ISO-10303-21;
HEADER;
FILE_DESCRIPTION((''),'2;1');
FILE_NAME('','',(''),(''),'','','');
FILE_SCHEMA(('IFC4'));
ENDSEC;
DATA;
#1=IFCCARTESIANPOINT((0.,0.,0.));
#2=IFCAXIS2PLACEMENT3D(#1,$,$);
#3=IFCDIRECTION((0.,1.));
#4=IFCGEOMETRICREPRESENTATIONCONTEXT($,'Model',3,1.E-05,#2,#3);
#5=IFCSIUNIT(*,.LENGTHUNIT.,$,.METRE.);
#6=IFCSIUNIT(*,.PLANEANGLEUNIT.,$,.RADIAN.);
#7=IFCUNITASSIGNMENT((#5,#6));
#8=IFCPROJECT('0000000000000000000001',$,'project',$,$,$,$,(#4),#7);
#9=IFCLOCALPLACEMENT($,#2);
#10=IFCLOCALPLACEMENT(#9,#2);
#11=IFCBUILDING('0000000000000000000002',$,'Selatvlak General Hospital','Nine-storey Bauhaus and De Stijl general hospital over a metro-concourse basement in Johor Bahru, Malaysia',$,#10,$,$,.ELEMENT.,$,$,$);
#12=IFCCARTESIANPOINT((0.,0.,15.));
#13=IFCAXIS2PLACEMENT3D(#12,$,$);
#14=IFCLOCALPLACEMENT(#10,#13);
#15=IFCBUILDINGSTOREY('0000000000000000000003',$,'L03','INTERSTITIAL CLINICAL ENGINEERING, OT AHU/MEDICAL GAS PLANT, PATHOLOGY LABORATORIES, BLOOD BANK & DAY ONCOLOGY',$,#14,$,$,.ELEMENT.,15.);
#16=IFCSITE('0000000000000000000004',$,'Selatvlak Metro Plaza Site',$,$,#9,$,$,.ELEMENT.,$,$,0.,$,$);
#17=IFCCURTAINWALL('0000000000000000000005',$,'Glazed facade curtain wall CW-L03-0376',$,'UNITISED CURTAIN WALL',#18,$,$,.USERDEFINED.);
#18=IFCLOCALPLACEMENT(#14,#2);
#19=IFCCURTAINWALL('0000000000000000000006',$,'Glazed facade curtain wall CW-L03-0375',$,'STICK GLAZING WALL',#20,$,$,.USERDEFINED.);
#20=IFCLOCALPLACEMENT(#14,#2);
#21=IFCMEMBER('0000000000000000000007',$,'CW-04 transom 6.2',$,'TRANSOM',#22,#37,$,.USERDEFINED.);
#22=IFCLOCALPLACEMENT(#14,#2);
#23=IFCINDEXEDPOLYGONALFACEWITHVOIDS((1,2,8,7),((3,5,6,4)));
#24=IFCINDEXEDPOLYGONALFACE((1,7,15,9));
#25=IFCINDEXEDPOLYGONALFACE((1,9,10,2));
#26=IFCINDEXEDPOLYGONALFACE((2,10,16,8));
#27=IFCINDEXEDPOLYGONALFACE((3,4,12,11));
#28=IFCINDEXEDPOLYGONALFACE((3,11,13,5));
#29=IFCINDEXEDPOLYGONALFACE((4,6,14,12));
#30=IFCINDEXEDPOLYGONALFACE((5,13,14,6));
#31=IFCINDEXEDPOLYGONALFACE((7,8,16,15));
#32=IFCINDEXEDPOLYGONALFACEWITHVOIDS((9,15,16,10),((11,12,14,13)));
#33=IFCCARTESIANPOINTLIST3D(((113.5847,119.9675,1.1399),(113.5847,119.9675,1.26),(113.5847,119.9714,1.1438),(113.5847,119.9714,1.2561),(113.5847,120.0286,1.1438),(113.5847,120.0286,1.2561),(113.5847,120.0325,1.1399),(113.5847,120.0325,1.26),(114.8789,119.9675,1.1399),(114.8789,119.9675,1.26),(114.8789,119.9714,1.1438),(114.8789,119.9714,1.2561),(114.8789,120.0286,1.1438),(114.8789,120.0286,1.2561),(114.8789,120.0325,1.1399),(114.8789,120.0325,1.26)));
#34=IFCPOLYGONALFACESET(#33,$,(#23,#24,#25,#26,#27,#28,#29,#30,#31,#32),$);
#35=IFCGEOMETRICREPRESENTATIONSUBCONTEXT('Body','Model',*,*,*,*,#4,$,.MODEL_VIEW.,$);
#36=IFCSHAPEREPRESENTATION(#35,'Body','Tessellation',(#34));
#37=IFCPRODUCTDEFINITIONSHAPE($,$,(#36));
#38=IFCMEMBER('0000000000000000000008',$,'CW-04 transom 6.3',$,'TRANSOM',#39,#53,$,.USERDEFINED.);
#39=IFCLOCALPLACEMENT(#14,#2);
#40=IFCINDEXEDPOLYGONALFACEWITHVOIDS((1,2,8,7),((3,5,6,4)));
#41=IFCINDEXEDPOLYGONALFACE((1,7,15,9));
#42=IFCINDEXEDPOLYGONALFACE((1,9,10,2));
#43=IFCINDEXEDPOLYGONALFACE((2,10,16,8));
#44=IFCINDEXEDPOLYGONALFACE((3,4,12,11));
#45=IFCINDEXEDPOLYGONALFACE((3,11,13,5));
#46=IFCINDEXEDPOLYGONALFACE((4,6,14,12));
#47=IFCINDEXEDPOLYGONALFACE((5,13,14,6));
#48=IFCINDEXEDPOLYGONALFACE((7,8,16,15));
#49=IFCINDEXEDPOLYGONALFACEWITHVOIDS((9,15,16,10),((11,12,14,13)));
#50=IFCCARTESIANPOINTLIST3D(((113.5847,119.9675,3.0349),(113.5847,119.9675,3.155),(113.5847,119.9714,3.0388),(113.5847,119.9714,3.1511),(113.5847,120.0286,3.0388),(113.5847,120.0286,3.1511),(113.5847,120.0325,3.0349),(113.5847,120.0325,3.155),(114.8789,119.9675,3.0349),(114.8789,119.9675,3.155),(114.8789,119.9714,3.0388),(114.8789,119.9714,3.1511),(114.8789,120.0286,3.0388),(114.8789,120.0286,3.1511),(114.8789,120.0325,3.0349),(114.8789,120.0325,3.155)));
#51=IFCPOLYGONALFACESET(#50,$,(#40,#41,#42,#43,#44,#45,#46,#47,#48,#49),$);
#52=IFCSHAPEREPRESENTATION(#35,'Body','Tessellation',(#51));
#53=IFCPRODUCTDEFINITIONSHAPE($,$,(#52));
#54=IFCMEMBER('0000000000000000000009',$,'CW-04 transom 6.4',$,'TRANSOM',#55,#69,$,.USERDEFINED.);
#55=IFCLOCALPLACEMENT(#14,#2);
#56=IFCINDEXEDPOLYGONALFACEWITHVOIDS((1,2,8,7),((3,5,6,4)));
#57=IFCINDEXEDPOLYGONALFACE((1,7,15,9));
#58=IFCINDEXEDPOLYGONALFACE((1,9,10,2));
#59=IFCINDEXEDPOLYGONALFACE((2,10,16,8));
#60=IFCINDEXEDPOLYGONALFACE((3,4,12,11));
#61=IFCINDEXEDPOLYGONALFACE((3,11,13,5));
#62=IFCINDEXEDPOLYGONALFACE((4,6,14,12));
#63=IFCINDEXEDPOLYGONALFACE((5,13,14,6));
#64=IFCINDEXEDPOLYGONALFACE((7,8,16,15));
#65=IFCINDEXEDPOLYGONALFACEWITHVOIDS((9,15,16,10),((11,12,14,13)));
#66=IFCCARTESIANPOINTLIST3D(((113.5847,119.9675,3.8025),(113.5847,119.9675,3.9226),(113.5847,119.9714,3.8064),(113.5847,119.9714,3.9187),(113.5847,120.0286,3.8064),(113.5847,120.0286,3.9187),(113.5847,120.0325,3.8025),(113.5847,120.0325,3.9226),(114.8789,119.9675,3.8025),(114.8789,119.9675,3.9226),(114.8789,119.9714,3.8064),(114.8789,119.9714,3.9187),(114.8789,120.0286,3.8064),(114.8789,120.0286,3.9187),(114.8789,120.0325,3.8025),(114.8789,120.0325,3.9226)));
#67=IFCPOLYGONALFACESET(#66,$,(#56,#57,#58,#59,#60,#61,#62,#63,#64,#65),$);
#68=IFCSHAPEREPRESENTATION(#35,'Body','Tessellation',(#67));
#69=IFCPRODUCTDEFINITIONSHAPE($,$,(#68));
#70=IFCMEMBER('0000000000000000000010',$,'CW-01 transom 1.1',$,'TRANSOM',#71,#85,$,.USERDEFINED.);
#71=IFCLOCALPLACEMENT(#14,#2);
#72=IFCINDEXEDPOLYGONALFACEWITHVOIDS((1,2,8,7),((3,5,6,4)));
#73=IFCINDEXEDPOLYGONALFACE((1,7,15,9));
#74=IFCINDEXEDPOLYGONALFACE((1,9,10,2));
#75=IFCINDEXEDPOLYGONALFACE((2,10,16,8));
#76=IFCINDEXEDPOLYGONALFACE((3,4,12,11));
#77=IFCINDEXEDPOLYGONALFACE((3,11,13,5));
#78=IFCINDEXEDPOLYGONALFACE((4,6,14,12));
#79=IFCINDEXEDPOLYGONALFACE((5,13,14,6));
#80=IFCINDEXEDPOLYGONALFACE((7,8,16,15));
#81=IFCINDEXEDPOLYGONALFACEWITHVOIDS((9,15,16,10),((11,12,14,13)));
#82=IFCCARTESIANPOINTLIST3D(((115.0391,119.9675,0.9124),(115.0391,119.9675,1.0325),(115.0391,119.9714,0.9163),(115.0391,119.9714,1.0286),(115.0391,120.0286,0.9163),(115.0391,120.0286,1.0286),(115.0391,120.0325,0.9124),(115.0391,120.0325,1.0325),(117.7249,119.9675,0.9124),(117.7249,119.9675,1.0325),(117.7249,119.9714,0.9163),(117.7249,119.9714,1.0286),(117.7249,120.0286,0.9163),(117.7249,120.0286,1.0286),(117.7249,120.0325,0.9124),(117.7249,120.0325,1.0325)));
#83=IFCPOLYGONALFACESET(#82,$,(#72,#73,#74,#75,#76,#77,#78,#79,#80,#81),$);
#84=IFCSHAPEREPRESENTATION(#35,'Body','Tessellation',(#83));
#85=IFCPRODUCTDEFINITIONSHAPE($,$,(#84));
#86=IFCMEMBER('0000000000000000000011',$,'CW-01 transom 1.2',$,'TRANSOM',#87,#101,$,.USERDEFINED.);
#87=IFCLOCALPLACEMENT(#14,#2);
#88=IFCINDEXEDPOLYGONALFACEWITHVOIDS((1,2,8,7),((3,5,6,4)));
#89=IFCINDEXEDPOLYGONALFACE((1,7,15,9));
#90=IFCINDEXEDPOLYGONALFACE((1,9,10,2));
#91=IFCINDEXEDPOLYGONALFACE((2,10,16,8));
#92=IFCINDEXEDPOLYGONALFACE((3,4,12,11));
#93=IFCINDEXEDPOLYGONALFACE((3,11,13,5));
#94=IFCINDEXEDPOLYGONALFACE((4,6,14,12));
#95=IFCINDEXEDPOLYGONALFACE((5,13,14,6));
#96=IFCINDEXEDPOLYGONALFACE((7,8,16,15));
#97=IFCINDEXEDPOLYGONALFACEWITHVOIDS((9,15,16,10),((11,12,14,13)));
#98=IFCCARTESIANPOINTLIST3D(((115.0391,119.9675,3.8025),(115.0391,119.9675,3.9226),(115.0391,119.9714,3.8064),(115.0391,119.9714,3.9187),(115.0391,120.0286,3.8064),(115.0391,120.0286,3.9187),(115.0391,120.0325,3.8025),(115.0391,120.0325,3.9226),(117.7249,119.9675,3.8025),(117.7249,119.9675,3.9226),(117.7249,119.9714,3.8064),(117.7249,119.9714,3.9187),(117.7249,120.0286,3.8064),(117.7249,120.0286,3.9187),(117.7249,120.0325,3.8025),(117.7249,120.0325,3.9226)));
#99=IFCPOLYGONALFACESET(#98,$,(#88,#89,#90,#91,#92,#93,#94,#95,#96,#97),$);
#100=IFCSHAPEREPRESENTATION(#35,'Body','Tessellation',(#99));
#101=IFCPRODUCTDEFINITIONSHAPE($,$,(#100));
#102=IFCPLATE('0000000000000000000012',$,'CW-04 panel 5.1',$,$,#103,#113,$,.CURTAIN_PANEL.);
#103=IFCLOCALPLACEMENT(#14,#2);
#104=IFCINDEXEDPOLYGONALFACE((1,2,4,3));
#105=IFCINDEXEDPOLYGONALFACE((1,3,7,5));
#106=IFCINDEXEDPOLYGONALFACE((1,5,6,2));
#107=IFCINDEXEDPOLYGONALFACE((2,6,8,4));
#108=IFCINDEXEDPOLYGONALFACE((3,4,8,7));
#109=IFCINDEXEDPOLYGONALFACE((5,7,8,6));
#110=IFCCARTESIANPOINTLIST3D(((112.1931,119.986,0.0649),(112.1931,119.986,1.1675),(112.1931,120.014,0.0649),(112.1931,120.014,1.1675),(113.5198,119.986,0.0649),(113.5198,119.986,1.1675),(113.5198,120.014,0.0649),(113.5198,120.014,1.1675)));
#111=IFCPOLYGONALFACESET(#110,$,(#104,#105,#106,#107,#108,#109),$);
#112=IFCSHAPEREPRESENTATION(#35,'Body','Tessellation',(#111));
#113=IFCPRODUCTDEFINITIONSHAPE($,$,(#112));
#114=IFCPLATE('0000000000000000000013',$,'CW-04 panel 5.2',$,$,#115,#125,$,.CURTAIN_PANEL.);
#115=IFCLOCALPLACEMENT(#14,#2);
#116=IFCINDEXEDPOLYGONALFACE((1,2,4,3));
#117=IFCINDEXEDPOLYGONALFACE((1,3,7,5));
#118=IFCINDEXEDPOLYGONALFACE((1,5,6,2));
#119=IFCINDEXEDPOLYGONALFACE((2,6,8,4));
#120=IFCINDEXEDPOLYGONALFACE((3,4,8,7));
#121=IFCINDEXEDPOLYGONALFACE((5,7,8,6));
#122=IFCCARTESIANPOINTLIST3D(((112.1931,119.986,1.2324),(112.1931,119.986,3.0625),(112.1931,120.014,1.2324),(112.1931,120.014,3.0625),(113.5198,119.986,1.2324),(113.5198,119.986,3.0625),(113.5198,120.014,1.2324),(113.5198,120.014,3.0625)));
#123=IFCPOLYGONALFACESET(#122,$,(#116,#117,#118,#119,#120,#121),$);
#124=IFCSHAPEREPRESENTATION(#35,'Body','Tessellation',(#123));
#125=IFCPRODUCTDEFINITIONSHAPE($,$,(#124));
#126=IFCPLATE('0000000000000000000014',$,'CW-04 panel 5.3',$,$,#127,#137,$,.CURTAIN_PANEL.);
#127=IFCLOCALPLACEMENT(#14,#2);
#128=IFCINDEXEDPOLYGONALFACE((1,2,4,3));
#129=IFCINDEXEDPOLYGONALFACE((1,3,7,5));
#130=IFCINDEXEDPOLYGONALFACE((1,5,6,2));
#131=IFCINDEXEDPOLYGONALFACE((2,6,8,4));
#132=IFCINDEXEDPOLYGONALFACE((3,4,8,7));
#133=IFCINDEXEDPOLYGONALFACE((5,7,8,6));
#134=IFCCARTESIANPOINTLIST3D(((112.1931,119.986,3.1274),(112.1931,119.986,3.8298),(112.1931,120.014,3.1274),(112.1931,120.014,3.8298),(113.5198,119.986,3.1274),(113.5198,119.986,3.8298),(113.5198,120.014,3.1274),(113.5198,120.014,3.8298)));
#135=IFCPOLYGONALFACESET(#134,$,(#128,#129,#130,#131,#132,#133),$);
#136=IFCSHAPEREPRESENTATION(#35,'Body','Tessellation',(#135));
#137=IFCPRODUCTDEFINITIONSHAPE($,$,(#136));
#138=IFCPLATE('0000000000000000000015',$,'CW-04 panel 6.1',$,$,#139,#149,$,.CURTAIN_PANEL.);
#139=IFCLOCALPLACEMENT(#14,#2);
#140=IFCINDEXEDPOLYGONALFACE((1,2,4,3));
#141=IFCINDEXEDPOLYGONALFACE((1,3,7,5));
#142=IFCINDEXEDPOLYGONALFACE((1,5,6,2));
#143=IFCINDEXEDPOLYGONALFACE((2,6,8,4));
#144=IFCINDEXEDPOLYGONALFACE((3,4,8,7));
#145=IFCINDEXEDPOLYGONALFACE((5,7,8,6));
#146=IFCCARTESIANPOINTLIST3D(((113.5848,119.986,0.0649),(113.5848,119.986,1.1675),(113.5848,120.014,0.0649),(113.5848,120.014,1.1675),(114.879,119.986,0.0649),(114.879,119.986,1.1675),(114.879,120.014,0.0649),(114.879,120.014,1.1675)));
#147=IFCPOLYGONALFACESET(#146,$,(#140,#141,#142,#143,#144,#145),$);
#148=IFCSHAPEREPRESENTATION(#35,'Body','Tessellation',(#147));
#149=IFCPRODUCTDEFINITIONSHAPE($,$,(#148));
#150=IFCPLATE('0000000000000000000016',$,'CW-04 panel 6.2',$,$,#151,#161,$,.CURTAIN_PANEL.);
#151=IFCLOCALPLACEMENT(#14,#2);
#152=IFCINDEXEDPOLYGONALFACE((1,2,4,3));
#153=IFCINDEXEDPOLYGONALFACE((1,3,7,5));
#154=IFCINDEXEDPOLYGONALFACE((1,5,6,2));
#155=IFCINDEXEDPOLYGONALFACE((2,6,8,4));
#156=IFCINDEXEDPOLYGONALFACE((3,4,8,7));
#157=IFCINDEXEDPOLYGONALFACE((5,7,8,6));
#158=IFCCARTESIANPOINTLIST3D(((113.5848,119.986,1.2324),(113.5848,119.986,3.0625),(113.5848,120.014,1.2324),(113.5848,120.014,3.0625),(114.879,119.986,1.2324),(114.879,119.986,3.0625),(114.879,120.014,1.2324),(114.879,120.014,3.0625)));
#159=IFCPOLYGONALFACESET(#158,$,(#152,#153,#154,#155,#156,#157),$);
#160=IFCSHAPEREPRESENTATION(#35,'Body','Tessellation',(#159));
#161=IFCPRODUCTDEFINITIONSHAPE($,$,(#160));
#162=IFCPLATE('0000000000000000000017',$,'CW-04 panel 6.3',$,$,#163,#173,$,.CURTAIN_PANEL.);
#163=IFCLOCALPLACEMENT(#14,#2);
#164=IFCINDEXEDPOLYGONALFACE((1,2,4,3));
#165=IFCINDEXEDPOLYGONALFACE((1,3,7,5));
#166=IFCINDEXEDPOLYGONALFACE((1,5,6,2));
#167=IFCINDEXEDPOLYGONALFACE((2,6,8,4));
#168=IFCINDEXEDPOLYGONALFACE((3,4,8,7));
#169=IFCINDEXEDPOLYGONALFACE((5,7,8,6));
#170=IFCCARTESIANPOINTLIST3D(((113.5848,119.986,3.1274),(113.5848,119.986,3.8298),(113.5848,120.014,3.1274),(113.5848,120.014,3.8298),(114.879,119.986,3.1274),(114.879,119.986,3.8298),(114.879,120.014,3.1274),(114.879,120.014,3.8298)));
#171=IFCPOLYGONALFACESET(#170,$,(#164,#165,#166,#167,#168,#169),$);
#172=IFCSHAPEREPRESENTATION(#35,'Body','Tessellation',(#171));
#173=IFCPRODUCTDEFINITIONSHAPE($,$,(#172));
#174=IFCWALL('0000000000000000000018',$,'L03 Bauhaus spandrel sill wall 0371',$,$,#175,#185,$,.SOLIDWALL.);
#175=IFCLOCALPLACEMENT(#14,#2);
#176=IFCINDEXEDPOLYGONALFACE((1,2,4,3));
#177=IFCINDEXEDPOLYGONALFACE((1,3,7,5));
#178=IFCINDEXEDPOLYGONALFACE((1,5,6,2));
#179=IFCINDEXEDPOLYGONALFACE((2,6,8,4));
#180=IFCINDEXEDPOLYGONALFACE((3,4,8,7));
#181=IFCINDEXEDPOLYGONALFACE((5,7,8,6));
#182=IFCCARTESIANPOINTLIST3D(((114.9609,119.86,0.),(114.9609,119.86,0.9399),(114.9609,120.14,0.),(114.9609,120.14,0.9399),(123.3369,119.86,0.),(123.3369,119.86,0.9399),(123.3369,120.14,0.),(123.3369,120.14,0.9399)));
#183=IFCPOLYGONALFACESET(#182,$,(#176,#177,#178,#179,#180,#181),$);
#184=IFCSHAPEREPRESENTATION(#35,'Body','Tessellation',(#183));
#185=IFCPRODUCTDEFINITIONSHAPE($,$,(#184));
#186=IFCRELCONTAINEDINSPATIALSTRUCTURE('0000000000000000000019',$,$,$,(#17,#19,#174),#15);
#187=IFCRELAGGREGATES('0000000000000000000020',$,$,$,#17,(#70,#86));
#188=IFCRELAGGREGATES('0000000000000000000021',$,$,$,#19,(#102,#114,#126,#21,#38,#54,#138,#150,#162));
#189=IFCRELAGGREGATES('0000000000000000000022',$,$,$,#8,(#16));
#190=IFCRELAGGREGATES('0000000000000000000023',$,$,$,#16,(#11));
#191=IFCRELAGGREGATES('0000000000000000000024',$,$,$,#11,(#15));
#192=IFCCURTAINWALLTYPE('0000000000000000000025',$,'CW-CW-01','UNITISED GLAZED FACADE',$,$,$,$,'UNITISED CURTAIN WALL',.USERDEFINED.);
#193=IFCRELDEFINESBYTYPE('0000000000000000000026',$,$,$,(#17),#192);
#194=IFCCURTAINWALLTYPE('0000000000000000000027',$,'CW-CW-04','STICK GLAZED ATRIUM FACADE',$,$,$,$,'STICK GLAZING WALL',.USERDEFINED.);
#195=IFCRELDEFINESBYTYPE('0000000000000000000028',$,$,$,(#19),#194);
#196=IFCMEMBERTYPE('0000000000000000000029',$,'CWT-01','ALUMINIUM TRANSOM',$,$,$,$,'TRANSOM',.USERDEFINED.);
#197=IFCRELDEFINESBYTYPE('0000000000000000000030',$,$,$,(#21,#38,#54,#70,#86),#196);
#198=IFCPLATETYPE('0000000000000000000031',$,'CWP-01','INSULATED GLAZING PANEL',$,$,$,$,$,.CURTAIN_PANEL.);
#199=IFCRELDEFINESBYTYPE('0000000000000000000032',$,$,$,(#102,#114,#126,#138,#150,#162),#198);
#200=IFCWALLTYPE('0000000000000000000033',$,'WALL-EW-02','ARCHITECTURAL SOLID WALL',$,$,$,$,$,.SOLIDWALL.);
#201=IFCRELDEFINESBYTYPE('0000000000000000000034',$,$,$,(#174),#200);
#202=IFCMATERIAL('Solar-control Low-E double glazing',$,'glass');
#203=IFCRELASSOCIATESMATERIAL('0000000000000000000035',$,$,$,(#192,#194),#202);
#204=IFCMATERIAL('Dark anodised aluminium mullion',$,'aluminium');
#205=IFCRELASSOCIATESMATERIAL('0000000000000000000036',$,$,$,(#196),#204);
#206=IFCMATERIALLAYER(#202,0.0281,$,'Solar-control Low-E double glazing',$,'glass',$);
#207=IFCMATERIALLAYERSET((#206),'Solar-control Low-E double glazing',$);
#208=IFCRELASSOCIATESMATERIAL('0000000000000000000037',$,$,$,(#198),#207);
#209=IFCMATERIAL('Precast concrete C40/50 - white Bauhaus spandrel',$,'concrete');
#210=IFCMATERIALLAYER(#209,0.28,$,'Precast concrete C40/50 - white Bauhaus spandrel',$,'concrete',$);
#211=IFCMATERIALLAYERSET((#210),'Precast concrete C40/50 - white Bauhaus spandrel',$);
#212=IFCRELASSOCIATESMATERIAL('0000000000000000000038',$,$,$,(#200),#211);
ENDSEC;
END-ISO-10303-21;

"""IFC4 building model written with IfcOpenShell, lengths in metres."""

from ifc_helpers import new_model, si_unit, direction, frame, frame_2d, origin, origin_2d, place, context, subcontext, project, spatial, rectangle, hollow_rectangle, extrude, material, layer, layer_set, material_profile, profile_set, type_object, element, aggregate, save


model = new_model("IFC4")

# Units and contexts
model_context = context("Model", 3, precision=1e-05, world=origin(), true_north=direction((0.0, 1.0)))
body_context = subcontext(model_context, "Body", "Model", "MODEL_VIEW")
ifc_project = project(units=[si_unit("LENGTHUNIT", "METRE"), si_unit("PLANEANGLEUNIT", "RADIAN")], contexts=[model_context])

# Site, building, storey
site_placement = place(None, origin())
site = spatial("IfcSite", under=ifc_project, at=site_placement, Name="Selatvlak Metro Plaza Site", CompositionType="ELEMENT", RefElevation=0.0)
building_placement = place(site_placement, origin())
building = spatial("IfcBuilding", under=site, at=building_placement, Name="Selatvlak General Hospital", Description="Nine-storey Bauhaus and De Stijl general hospital over a metro-concourse basement in Johor Bahru, Malaysia", CompositionType="ELEMENT")
storey_placement = place(building_placement, frame((0.0, 0.0, 15.0)))
storey = spatial("IfcBuildingStorey", under=building, at=storey_placement, Name="L03", Description="INTERSTITIAL CLINICAL ENGINEERING, OT AHU/MEDICAL GAS PLANT, PATHOLOGY LABORATORIES, BLOOD BANK & DAY ONCOLOGY", CompositionType="ELEMENT", Elevation=15.0)

# Curtain wall
ifc_material_1 = material(Name="Solar-control Low-E double glazing", Category="glass")
curtain_wall_type_1 = type_object("IfcCurtainWallType", Name="CW-CW-01", Description="UNITISED GLAZED FACADE", ElementType="UNITISED CURTAIN WALL", PredefinedType="USERDEFINED", material=ifc_material_1)
curtain_wall_1_placement = place(storey_placement, origin())
curtain_wall_1 = element("IfcCurtainWall", 1, at=curtain_wall_1_placement, inside=storey, type_object=curtain_wall_type_1, Name="Glazed facade curtain wall CW-L03-0376", ObjectType="UNITISED CURTAIN WALL", PredefinedType="USERDEFINED")
ifc_material_2 = material(Name="Dark anodised aluminium mullion", Category="aluminium")

# Curtain wall, members
curtain_wall_type_2 = type_object("IfcCurtainWallType", Name="CW-CW-04", Description="STICK GLAZED ATRIUM FACADE", ElementType="STICK GLAZING WALL", PredefinedType="USERDEFINED", material=ifc_material_1)
curtain_wall_2_placement = place(storey_placement, origin())
curtain_wall_2 = element("IfcCurtainWall", 2, at=curtain_wall_2_placement, inside=storey, type_object=curtain_wall_type_2, Name="Glazed facade curtain wall CW-L03-0375", ObjectType="STICK GLAZING WALL", PredefinedType="USERDEFINED")
ifc_material_profile_1 = material_profile(ifc_material_2, hollow_rectangle(XDim=0.0649, YDim=0.1201, WallThickness=0.0039, at=origin_2d()), Name="AL-TRN 65x120x4")
ifc_profile_set_1 = profile_set([ifc_material_profile_1], Name="Dark anodised aluminium mullion")
member_type_1 = type_object("IfcMemberType", Name="CWT-01", Description="ALUMINIUM TRANSOM", ElementType="TRANSOM", PredefinedType="USERDEFINED", material=ifc_profile_set_1)
member_1_placement = place(storey_placement, frame((113.5847, 120.0, 1.2), z_axis=(1.0, 0.0, 0.0), x_axis=(0.0, 1.0, 0.0)))
member_1 = element("IfcMember", 3, at=member_1_placement, type_object=member_type_1, Name="CW-04 transom 6.2", ObjectType="TRANSOM", PredefinedType="USERDEFINED", context=body_context, shape_type="SweptSolid", body=[
    extrude(hollow_rectangle(XDim=0.0649, YDim=0.1201, WallThickness=0.0039, at=origin_2d()), origin(), (0.0, 0.0, 1.0), 1.2942),
])
member_2_placement = place(storey_placement, frame((113.5847, 120.0, 3.095), z_axis=(1.0, 0.0, 0.0), x_axis=(0.0, 1.0, 0.0)))
member_2 = element("IfcMember", 4, at=member_2_placement, type_object=member_type_1, Name="CW-04 transom 6.3", ObjectType="TRANSOM", PredefinedType="USERDEFINED", context=body_context, shape_type="SweptSolid", body=[
    extrude(hollow_rectangle(XDim=0.0649, YDim=0.1201, WallThickness=0.0039, at=origin_2d()), origin(), (0.0, 0.0, 1.0), 1.2942),
])
member_3_placement = place(storey_placement, frame((113.5847, 120.0, 3.8625), z_axis=(1.0, 0.0, 0.0), x_axis=(0.0, 1.0, 0.0)))
member_3 = element("IfcMember", 5, at=member_3_placement, type_object=member_type_1, Name="CW-04 transom 6.4", ObjectType="TRANSOM", PredefinedType="USERDEFINED", context=body_context, shape_type="SweptSolid", body=[
    extrude(hollow_rectangle(XDim=0.0649, YDim=0.1201, WallThickness=0.0039, at=origin_2d()), origin(), (0.0, 0.0, 1.0), 1.2942),
])

# Members
member_4_placement = place(storey_placement, frame((115.0391, 120.0, 0.9724), z_axis=(1.0, 0.0, 0.0), x_axis=(0.0, 1.0, 0.0)))
member_4 = element("IfcMember", 6, at=member_4_placement, type_object=member_type_1, Name="CW-01 transom 1.1", ObjectType="TRANSOM", PredefinedType="USERDEFINED", context=body_context, shape_type="SweptSolid", body=[
    extrude(hollow_rectangle(XDim=0.0649, YDim=0.1201, WallThickness=0.0039, at=origin_2d()), origin(), (0.0, 0.0, 1.0), 2.6858),
])
member_5_placement = place(storey_placement, frame((115.0391, 120.0, 3.8625), z_axis=(1.0, 0.0, 0.0), x_axis=(0.0, 1.0, 0.0)))
member_5 = element("IfcMember", 7, at=member_5_placement, type_object=member_type_1, Name="CW-01 transom 1.2", ObjectType="TRANSOM", PredefinedType="USERDEFINED", context=body_context, shape_type="SweptSolid", body=[
    extrude(hollow_rectangle(XDim=0.0649, YDim=0.1201, WallThickness=0.0039, at=origin_2d()), origin(), (0.0, 0.0, 1.0), 2.6858),
])
aggregate(curtain_wall_1, [member_4, member_5])

# Plates
ifc_layer_1 = layer(ifc_material_1, 0.0281, Name="Solar-control Low-E double glazing", Category="glass")
ifc_layer_set_1 = layer_set([ifc_layer_1], Name="Solar-control Low-E double glazing")
plate_type = type_object("IfcPlateType", Name="CWP-01", Description="INSULATED GLAZING PANEL", PredefinedType="CURTAIN_PANEL", material=ifc_layer_set_1)
plate_1_placement = place(storey_placement, frame((112.8564, 120.0, 0.0649), z_axis=(0.0, 0.0, 1.0), x_axis=(1.0, 0.0, 0.0)))
plate_1 = element("IfcPlate", 8, at=plate_1_placement, type_object=plate_type, Name="CW-04 panel 5.1", PredefinedType="CURTAIN_PANEL", context=body_context, shape_type="SweptSolid", body=[
    extrude(rectangle(XDim=1.3267, YDim=0.0281, at=origin_2d()), origin(), (0.0, 0.0, 1.0), 1.1025),
])
plate_2_placement = place(storey_placement, frame((112.8564, 120.0, 1.2324), z_axis=(0.0, 0.0, 1.0), x_axis=(1.0, 0.0, 0.0)))
plate_2 = element("IfcPlate", 9, at=plate_2_placement, type_object=plate_type, Name="CW-04 panel 5.2", PredefinedType="CURTAIN_PANEL", context=body_context, shape_type="SweptSolid", body=[
    extrude(rectangle(XDim=1.3267, YDim=0.0281, at=origin_2d()), origin(), (0.0, 0.0, 1.0), 1.8301),
])
plate_3_placement = place(storey_placement, frame((112.8564, 120.0, 3.1274), z_axis=(0.0, 0.0, 1.0), x_axis=(1.0, 0.0, 0.0)))
plate_3 = element("IfcPlate", 10, at=plate_3_placement, type_object=plate_type, Name="CW-04 panel 5.3", PredefinedType="CURTAIN_PANEL", context=body_context, shape_type="SweptSolid", body=[
    extrude(rectangle(XDim=1.3267, YDim=0.0281, at=origin_2d()), origin(), (0.0, 0.0, 1.0), 0.7024),
])
plate_4_placement = place(storey_placement, frame((114.2319, 120.0, 0.0649), z_axis=(0.0, 0.0, 1.0), x_axis=(1.0, 0.0, 0.0)))
plate_4 = element("IfcPlate", 11, at=plate_4_placement, type_object=plate_type, Name="CW-04 panel 6.1", PredefinedType="CURTAIN_PANEL", context=body_context, shape_type="SweptSolid", body=[
    extrude(rectangle(XDim=1.2942, YDim=0.0281, at=origin_2d()), origin(), (0.0, 0.0, 1.0), 1.1025),
])
plate_5_placement = place(storey_placement, frame((114.2319, 120.0, 1.2324), z_axis=(0.0, 0.0, 1.0), x_axis=(1.0, 0.0, 0.0)))
plate_5 = element("IfcPlate", 12, at=plate_5_placement, type_object=plate_type, Name="CW-04 panel 6.2", PredefinedType="CURTAIN_PANEL", context=body_context, shape_type="SweptSolid", body=[
    extrude(rectangle(XDim=1.2942, YDim=0.0281, at=origin_2d()), origin(), (0.0, 0.0, 1.0), 1.8301),
])
plate_6_placement = place(storey_placement, frame((114.2319, 120.0, 3.1274), z_axis=(0.0, 0.0, 1.0), x_axis=(1.0, 0.0, 0.0)))
plate_6 = element("IfcPlate", 13, at=plate_6_placement, type_object=plate_type, Name="CW-04 panel 6.3", PredefinedType="CURTAIN_PANEL", context=body_context, shape_type="SweptSolid", body=[
    extrude(rectangle(XDim=1.2942, YDim=0.0281, at=origin_2d()), origin(), (0.0, 0.0, 1.0), 0.7024),
])
aggregate(curtain_wall_2, [plate_1, plate_2, plate_3, member_1, member_2, member_3, plate_4, plate_5, plate_6])

# Wall
ifc_material_3 = material(Name="Precast concrete C40/50 - white Bauhaus spandrel", Category="concrete")
ifc_layer_2 = layer(ifc_material_3, 0.28, Name="Precast concrete C40/50 - white Bauhaus spandrel", Category="concrete")
ifc_layer_set_2 = layer_set([ifc_layer_2], Name="Precast concrete C40/50 - white Bauhaus spandrel")
wall_type_1 = type_object("IfcWallType", Name="WALL-EW-02", Description="ARCHITECTURAL SOLID WALL", PredefinedType="SOLIDWALL", material=ifc_layer_set_2)
wall_1_placement = place(storey_placement, frame((114.9609, 120.0, 0.0), z_axis=(0.0, 0.0, 1.0), x_axis=(1.0, 0.0, 0.0)))
element("IfcWall", 14, at=wall_1_placement, inside=storey, type_object=wall_type_1, Name="L03 Bauhaus spandrel sill wall 0371", PredefinedType="SOLIDWALL", context=body_context, shape_type="SweptSolid", body=[
    extrude(rectangle(XDim=8.376, YDim=0.28, at=frame_2d((4.188, 0.0))), origin(), (0.0, 0.0, 1.0), 0.9399),
])

save(model, "model.ifc")
